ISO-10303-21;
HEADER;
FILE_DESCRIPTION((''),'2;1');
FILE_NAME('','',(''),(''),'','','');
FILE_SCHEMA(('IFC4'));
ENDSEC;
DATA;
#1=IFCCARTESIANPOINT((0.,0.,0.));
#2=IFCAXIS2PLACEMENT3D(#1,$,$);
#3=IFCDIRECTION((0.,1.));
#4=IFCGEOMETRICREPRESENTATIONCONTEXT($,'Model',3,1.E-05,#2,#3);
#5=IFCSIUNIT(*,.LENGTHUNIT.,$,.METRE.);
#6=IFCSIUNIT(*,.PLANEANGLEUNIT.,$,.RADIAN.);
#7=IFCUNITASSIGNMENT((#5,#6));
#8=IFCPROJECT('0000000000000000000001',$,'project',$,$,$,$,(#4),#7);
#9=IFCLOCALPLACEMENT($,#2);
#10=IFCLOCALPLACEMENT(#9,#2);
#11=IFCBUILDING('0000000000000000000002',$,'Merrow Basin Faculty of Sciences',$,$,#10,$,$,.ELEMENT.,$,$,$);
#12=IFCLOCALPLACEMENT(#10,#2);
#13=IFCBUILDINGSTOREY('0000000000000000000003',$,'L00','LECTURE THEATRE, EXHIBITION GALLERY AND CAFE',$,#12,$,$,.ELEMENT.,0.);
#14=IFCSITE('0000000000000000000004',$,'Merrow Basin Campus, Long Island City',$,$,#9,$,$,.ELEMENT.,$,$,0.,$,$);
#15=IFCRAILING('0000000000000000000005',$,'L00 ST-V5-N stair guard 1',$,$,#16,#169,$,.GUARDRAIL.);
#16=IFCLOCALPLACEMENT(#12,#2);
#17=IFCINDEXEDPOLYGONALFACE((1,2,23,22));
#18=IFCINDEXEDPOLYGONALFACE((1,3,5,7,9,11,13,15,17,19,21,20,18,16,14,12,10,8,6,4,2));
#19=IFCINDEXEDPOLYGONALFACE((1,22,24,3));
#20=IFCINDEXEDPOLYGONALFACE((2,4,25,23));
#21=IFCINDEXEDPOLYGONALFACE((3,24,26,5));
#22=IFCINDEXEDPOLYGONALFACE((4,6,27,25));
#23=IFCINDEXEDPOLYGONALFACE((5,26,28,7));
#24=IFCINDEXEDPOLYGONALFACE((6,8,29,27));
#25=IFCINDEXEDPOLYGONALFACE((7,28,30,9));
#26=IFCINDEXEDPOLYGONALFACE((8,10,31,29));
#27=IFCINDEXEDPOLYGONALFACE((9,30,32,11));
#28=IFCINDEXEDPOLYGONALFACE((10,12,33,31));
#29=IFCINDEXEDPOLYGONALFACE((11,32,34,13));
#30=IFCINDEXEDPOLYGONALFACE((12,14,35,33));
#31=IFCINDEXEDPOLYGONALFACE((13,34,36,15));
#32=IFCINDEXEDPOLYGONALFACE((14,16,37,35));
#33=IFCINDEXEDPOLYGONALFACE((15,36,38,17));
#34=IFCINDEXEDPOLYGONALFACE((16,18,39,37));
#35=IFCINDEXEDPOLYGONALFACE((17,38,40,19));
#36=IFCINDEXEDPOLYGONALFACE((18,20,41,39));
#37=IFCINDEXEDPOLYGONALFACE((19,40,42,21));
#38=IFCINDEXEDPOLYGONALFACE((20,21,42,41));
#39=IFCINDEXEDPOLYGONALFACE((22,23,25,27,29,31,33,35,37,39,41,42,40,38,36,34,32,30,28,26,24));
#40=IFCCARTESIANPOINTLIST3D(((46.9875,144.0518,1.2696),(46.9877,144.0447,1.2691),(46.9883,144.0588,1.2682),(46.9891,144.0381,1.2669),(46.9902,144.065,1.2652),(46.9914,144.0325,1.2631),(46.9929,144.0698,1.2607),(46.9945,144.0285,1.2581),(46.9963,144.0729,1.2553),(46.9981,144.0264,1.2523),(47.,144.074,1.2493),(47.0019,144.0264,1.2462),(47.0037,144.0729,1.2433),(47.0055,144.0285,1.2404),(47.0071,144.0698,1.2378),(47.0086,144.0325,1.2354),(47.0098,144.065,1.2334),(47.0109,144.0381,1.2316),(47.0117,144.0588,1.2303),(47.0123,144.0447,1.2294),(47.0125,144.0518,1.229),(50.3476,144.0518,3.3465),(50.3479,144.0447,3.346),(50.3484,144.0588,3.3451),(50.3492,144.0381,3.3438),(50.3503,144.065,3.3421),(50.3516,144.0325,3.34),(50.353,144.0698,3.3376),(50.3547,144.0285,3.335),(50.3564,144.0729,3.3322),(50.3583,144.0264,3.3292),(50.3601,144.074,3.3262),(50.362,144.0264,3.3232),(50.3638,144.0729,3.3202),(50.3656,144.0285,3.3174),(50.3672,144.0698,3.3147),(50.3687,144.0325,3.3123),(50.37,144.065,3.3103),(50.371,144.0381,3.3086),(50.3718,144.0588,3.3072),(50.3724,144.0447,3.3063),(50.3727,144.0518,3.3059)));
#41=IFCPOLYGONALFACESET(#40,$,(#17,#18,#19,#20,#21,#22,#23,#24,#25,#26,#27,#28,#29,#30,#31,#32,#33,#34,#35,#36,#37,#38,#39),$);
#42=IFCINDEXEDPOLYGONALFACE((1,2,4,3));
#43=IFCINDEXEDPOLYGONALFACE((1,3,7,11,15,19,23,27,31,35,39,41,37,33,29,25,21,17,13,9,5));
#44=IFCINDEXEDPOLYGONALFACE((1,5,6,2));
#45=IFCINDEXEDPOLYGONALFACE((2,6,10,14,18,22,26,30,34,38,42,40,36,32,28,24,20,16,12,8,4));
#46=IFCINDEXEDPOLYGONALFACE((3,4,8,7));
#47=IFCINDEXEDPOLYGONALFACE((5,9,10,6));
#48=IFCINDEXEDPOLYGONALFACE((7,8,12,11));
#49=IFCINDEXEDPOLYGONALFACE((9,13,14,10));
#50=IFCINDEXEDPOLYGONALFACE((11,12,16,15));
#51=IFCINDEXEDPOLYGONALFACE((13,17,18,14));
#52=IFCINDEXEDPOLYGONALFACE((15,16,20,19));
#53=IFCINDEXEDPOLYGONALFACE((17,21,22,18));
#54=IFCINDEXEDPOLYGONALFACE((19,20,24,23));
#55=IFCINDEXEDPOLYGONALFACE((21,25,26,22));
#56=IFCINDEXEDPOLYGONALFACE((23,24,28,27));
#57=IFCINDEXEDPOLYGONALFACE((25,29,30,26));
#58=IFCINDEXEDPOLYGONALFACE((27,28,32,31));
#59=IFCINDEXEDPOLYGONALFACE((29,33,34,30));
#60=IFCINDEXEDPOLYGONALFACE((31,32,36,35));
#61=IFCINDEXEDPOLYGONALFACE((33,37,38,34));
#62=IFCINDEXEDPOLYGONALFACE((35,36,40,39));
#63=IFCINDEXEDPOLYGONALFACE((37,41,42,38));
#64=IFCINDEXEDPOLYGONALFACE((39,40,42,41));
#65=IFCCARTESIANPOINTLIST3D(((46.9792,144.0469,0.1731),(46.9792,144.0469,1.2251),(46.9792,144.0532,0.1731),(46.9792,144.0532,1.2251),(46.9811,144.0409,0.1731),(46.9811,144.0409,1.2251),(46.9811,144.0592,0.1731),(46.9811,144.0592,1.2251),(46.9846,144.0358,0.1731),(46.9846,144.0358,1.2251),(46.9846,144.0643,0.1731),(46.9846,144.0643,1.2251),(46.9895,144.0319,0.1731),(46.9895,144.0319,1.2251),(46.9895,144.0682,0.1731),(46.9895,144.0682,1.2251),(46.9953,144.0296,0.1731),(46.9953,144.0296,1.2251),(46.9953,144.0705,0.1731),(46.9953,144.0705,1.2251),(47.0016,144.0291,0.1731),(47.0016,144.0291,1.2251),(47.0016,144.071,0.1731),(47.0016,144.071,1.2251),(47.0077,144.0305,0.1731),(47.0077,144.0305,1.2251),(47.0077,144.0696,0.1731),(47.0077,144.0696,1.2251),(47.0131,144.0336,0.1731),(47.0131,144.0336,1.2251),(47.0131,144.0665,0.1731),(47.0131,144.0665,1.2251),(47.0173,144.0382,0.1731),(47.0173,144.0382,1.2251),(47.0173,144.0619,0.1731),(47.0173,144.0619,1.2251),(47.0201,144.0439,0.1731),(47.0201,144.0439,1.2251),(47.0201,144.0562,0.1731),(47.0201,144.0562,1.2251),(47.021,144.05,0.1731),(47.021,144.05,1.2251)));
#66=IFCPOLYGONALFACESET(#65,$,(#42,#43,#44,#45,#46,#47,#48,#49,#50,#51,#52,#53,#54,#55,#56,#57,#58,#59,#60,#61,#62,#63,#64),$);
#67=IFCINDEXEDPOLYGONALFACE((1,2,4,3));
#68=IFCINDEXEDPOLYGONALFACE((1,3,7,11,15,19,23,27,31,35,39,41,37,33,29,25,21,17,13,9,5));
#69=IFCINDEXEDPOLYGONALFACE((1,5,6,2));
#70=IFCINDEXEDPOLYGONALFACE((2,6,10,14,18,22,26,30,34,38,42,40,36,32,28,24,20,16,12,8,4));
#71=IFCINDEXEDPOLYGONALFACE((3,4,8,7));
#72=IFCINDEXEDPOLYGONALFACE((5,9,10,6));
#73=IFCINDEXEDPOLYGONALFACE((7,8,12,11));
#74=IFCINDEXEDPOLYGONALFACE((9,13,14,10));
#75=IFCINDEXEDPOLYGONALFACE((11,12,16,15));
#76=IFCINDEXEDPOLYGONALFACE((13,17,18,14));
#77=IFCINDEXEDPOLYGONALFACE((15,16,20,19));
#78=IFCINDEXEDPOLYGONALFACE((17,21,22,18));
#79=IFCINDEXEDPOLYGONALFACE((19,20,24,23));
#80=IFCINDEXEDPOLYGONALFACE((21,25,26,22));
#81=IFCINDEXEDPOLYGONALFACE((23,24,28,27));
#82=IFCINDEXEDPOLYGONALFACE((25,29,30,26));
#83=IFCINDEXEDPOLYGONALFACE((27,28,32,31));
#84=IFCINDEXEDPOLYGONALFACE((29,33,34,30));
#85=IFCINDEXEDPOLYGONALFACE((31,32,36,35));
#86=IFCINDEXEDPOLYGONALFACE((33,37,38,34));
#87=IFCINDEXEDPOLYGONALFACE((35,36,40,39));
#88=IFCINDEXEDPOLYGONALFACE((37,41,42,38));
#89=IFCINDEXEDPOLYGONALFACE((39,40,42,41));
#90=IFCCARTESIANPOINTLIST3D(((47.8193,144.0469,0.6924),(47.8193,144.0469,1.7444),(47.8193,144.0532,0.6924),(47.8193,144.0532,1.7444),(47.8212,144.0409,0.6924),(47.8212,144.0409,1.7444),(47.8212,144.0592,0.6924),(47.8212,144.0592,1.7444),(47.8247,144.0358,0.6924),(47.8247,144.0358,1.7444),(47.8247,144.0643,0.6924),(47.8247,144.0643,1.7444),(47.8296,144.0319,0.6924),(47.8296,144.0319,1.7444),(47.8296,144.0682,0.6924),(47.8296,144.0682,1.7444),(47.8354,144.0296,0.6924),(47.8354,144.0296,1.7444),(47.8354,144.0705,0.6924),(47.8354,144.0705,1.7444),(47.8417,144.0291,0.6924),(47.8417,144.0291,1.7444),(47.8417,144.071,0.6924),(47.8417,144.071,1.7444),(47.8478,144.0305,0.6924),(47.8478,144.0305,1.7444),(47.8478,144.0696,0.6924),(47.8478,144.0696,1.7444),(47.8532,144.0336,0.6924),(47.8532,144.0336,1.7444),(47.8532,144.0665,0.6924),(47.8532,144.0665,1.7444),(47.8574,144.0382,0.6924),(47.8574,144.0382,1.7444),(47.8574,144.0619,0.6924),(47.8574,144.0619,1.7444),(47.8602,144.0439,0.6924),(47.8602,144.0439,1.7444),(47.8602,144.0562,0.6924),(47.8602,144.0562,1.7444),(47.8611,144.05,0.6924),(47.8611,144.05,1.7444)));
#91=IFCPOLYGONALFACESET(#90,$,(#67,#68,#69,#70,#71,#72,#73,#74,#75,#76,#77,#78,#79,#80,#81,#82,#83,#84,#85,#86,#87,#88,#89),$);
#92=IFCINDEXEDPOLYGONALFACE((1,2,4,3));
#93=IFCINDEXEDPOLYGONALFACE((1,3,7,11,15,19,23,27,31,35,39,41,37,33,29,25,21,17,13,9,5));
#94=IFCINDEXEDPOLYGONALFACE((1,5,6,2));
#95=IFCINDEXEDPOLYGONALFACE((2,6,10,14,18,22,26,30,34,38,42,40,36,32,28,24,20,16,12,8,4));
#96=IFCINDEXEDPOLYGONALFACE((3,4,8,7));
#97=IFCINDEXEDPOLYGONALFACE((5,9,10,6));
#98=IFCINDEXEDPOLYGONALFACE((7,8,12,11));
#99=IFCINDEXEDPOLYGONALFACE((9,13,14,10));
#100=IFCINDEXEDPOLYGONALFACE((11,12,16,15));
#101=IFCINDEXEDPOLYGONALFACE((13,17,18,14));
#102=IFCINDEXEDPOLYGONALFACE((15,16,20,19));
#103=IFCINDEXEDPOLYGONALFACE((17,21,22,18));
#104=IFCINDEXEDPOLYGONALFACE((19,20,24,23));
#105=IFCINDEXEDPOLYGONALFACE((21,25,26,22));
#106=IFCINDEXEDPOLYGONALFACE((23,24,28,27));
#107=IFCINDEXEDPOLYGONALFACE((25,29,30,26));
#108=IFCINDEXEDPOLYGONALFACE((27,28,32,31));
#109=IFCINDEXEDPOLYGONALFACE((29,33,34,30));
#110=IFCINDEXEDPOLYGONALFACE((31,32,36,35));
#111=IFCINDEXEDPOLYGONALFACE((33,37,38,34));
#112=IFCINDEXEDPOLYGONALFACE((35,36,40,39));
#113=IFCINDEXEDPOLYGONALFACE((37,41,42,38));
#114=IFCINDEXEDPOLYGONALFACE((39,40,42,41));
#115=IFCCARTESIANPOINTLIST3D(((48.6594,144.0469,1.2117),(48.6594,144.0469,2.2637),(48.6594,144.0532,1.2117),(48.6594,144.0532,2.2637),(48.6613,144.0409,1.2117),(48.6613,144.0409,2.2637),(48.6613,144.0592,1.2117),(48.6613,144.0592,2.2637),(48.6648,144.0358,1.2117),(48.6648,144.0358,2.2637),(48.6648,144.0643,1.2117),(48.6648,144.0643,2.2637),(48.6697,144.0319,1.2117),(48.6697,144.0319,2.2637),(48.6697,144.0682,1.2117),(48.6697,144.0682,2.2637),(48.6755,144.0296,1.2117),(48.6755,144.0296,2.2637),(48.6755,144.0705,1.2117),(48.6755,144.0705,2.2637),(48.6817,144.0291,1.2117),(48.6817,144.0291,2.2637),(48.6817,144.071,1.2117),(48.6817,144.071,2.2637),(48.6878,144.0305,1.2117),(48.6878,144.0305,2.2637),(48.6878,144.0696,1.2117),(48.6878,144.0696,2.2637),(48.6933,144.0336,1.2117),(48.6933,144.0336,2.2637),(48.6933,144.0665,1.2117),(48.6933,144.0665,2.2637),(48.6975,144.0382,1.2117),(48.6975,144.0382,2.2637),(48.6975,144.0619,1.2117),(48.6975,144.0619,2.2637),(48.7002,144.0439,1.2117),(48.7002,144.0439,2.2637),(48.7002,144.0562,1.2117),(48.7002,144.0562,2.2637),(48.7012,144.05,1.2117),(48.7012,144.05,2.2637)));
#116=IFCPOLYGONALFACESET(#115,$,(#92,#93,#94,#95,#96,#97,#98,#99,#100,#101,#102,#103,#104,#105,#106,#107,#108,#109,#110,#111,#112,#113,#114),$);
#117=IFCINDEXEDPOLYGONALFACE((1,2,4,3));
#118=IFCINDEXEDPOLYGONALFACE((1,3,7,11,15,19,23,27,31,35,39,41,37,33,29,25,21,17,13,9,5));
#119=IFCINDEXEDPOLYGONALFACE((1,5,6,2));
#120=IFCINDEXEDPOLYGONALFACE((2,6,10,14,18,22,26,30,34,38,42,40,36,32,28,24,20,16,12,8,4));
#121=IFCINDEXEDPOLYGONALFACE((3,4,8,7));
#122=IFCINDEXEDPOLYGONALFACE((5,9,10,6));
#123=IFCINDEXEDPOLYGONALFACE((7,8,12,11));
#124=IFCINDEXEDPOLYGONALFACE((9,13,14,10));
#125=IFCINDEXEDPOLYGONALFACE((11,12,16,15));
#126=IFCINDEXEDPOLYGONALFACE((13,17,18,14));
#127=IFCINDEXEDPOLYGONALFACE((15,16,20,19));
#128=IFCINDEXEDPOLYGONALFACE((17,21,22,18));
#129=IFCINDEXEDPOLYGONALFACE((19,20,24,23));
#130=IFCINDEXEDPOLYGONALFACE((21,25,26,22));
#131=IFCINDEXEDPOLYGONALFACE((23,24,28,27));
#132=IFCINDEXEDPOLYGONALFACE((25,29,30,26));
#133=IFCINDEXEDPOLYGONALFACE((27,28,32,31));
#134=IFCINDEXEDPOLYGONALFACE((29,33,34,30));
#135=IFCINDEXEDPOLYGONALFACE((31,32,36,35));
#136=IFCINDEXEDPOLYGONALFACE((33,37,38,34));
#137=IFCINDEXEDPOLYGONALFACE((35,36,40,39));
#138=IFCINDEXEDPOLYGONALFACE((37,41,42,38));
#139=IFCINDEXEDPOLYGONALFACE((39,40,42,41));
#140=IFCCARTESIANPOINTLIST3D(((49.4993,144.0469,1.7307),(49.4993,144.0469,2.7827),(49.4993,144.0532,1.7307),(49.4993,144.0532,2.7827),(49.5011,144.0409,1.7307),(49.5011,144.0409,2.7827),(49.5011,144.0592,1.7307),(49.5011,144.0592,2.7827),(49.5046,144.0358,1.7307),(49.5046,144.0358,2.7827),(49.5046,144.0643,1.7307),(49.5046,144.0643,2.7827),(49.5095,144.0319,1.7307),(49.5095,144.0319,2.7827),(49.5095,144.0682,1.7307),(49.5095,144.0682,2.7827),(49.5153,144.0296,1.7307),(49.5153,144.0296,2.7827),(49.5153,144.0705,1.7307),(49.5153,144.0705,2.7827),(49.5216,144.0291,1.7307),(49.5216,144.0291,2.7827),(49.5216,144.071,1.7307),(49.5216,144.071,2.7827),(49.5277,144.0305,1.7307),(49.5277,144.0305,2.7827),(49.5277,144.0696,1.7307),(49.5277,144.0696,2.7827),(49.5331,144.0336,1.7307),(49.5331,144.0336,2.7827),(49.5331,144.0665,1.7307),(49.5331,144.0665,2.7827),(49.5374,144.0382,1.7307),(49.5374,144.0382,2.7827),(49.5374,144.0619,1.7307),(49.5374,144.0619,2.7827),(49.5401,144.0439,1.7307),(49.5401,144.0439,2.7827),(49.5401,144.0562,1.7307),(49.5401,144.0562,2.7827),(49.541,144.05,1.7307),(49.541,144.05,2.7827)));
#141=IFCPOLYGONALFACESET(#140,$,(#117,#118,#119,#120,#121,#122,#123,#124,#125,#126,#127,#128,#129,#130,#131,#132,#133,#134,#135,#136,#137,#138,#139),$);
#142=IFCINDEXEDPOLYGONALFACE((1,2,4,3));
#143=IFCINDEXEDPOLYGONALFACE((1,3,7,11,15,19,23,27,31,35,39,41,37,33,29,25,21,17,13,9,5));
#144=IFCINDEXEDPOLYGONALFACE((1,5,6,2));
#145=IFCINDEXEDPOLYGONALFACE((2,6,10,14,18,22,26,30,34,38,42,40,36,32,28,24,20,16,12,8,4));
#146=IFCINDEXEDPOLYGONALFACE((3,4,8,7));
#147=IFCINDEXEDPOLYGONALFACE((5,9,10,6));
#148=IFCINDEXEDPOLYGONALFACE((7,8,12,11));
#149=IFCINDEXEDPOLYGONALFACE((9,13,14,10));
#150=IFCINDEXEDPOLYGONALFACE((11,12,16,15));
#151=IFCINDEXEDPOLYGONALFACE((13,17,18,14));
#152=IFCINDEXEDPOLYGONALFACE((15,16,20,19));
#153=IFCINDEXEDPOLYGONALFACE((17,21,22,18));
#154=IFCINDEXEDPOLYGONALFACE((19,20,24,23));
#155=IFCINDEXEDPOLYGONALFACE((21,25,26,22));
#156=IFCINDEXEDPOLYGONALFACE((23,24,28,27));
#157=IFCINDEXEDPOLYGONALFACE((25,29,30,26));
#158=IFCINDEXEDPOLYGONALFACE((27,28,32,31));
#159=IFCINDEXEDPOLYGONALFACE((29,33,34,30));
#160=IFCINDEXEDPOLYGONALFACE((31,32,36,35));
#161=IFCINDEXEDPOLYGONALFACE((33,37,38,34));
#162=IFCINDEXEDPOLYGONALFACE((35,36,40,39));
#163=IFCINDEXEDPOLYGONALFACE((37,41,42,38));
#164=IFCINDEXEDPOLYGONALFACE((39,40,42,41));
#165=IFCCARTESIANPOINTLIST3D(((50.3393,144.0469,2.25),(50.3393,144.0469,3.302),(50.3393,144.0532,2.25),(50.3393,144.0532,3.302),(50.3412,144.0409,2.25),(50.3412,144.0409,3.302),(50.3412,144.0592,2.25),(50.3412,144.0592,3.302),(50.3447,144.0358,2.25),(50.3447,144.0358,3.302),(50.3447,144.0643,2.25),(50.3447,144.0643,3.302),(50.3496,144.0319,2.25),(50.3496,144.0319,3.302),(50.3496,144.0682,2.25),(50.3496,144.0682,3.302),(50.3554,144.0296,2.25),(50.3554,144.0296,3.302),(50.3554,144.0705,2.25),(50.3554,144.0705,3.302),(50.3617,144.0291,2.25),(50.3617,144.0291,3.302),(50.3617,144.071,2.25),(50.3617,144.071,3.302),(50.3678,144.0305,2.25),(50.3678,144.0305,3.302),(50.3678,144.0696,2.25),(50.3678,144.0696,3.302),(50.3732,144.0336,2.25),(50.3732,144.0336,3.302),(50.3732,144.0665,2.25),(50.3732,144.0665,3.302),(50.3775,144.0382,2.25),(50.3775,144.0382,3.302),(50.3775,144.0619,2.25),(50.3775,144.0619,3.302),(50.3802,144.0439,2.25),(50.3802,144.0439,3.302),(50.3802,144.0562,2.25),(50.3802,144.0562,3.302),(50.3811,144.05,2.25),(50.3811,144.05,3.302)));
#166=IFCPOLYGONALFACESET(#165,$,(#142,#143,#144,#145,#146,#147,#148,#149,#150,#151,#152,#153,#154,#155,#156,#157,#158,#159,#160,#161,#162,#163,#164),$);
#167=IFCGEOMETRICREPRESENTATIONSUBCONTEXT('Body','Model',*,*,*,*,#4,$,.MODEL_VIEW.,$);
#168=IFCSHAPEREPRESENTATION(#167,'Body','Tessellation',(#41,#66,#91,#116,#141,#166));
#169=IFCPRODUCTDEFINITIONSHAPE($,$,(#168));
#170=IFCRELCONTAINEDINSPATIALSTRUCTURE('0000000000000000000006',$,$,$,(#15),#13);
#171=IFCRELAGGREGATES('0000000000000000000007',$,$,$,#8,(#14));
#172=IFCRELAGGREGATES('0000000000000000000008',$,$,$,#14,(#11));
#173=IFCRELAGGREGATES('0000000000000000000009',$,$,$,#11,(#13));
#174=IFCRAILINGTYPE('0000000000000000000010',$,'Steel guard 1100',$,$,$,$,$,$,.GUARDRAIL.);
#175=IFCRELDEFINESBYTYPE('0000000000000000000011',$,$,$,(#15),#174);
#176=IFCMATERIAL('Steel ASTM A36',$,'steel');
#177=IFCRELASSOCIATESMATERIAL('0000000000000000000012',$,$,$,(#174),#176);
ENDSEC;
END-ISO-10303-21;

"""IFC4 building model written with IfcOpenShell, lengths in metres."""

from ifc_helpers import new_model, si_unit, direction, frame, origin, origin_2d, place, context, subcontext, project, spatial, circle, extrude, material, type_object, element, save


model = new_model("IFC4")

# Units and contexts
model_context = context("Model", 3, precision=1e-05, world=origin(), true_north=direction((0.0, 1.0)))
body_context = subcontext(model_context, "Body", "Model", "MODEL_VIEW")
ifc_project = project(units=[si_unit("LENGTHUNIT", "METRE"), si_unit("PLANEANGLEUNIT", "RADIAN")], contexts=[model_context])

# Site, building, storey
site_placement = place(None, origin())
site = spatial("IfcSite", under=ifc_project, at=site_placement, Name="Merrow Basin Campus, Long Island City", CompositionType="ELEMENT", RefElevation=0.0)
building_placement = place(site_placement, origin())
building = spatial("IfcBuilding", under=site, at=building_placement, Name="Merrow Basin Faculty of Sciences", CompositionType="ELEMENT")
storey_placement = place(building_placement, origin())
storey = spatial("IfcBuildingStorey", under=building, at=storey_placement, Name="L00", Description="LECTURE THEATRE, EXHIBITION GALLERY AND CAFE", CompositionType="ELEMENT", Elevation=0.0)

# Railing
ifc_material_1 = material(Name="Steel ASTM A36", Category="steel")
railing_type_1 = type_object("IfcRailingType", Name="Steel guard 1100", PredefinedType="GUARDRAIL", material=ifc_material_1)
railing_1_placement = place(storey_placement, frame((47.0, 144.05, 0.1731)))
element("IfcRailing", 1, at=railing_1_placement, inside=storey, type_object=railing_type_1, Name="L00 ST-V5-N stair guard 1", PredefinedType="GUARDRAIL", context=body_context, shape_type="SweptSolid", body=[
    extrude(circle(Radius=0.0239, at=origin_2d()), frame((0.0, 0.0, 1.0762), z_axis=(0.850623, 0.0, 0.525776), x_axis=(0.0, 1.0, 0.0)), (0.0, 0.0, 1.0), 3.9502),
    extrude(circle(Radius=0.021, at=origin_2d()), origin(), (0.0, 0.0, 1.0), 1.052),
    extrude(circle(Radius=0.021, at=origin_2d()), frame((0.8401, 0.0, 0.5193)), (0.0, 0.0, 1.0), 1.052),
    extrude(circle(Radius=0.021, at=origin_2d()), frame((1.6802, 0.0, 1.0386)), (0.0, 0.0, 1.0), 1.052),
    extrude(circle(Radius=0.021, at=origin_2d()), frame((2.52, 0.0, 1.5576)), (0.0, 0.0, 1.0), 1.052),
    extrude(circle(Radius=0.021, at=origin_2d()), frame((3.3601, 0.0, 2.0769)), (0.0, 0.0, 1.0), 1.052),
])

save(model, "model.ifc")
